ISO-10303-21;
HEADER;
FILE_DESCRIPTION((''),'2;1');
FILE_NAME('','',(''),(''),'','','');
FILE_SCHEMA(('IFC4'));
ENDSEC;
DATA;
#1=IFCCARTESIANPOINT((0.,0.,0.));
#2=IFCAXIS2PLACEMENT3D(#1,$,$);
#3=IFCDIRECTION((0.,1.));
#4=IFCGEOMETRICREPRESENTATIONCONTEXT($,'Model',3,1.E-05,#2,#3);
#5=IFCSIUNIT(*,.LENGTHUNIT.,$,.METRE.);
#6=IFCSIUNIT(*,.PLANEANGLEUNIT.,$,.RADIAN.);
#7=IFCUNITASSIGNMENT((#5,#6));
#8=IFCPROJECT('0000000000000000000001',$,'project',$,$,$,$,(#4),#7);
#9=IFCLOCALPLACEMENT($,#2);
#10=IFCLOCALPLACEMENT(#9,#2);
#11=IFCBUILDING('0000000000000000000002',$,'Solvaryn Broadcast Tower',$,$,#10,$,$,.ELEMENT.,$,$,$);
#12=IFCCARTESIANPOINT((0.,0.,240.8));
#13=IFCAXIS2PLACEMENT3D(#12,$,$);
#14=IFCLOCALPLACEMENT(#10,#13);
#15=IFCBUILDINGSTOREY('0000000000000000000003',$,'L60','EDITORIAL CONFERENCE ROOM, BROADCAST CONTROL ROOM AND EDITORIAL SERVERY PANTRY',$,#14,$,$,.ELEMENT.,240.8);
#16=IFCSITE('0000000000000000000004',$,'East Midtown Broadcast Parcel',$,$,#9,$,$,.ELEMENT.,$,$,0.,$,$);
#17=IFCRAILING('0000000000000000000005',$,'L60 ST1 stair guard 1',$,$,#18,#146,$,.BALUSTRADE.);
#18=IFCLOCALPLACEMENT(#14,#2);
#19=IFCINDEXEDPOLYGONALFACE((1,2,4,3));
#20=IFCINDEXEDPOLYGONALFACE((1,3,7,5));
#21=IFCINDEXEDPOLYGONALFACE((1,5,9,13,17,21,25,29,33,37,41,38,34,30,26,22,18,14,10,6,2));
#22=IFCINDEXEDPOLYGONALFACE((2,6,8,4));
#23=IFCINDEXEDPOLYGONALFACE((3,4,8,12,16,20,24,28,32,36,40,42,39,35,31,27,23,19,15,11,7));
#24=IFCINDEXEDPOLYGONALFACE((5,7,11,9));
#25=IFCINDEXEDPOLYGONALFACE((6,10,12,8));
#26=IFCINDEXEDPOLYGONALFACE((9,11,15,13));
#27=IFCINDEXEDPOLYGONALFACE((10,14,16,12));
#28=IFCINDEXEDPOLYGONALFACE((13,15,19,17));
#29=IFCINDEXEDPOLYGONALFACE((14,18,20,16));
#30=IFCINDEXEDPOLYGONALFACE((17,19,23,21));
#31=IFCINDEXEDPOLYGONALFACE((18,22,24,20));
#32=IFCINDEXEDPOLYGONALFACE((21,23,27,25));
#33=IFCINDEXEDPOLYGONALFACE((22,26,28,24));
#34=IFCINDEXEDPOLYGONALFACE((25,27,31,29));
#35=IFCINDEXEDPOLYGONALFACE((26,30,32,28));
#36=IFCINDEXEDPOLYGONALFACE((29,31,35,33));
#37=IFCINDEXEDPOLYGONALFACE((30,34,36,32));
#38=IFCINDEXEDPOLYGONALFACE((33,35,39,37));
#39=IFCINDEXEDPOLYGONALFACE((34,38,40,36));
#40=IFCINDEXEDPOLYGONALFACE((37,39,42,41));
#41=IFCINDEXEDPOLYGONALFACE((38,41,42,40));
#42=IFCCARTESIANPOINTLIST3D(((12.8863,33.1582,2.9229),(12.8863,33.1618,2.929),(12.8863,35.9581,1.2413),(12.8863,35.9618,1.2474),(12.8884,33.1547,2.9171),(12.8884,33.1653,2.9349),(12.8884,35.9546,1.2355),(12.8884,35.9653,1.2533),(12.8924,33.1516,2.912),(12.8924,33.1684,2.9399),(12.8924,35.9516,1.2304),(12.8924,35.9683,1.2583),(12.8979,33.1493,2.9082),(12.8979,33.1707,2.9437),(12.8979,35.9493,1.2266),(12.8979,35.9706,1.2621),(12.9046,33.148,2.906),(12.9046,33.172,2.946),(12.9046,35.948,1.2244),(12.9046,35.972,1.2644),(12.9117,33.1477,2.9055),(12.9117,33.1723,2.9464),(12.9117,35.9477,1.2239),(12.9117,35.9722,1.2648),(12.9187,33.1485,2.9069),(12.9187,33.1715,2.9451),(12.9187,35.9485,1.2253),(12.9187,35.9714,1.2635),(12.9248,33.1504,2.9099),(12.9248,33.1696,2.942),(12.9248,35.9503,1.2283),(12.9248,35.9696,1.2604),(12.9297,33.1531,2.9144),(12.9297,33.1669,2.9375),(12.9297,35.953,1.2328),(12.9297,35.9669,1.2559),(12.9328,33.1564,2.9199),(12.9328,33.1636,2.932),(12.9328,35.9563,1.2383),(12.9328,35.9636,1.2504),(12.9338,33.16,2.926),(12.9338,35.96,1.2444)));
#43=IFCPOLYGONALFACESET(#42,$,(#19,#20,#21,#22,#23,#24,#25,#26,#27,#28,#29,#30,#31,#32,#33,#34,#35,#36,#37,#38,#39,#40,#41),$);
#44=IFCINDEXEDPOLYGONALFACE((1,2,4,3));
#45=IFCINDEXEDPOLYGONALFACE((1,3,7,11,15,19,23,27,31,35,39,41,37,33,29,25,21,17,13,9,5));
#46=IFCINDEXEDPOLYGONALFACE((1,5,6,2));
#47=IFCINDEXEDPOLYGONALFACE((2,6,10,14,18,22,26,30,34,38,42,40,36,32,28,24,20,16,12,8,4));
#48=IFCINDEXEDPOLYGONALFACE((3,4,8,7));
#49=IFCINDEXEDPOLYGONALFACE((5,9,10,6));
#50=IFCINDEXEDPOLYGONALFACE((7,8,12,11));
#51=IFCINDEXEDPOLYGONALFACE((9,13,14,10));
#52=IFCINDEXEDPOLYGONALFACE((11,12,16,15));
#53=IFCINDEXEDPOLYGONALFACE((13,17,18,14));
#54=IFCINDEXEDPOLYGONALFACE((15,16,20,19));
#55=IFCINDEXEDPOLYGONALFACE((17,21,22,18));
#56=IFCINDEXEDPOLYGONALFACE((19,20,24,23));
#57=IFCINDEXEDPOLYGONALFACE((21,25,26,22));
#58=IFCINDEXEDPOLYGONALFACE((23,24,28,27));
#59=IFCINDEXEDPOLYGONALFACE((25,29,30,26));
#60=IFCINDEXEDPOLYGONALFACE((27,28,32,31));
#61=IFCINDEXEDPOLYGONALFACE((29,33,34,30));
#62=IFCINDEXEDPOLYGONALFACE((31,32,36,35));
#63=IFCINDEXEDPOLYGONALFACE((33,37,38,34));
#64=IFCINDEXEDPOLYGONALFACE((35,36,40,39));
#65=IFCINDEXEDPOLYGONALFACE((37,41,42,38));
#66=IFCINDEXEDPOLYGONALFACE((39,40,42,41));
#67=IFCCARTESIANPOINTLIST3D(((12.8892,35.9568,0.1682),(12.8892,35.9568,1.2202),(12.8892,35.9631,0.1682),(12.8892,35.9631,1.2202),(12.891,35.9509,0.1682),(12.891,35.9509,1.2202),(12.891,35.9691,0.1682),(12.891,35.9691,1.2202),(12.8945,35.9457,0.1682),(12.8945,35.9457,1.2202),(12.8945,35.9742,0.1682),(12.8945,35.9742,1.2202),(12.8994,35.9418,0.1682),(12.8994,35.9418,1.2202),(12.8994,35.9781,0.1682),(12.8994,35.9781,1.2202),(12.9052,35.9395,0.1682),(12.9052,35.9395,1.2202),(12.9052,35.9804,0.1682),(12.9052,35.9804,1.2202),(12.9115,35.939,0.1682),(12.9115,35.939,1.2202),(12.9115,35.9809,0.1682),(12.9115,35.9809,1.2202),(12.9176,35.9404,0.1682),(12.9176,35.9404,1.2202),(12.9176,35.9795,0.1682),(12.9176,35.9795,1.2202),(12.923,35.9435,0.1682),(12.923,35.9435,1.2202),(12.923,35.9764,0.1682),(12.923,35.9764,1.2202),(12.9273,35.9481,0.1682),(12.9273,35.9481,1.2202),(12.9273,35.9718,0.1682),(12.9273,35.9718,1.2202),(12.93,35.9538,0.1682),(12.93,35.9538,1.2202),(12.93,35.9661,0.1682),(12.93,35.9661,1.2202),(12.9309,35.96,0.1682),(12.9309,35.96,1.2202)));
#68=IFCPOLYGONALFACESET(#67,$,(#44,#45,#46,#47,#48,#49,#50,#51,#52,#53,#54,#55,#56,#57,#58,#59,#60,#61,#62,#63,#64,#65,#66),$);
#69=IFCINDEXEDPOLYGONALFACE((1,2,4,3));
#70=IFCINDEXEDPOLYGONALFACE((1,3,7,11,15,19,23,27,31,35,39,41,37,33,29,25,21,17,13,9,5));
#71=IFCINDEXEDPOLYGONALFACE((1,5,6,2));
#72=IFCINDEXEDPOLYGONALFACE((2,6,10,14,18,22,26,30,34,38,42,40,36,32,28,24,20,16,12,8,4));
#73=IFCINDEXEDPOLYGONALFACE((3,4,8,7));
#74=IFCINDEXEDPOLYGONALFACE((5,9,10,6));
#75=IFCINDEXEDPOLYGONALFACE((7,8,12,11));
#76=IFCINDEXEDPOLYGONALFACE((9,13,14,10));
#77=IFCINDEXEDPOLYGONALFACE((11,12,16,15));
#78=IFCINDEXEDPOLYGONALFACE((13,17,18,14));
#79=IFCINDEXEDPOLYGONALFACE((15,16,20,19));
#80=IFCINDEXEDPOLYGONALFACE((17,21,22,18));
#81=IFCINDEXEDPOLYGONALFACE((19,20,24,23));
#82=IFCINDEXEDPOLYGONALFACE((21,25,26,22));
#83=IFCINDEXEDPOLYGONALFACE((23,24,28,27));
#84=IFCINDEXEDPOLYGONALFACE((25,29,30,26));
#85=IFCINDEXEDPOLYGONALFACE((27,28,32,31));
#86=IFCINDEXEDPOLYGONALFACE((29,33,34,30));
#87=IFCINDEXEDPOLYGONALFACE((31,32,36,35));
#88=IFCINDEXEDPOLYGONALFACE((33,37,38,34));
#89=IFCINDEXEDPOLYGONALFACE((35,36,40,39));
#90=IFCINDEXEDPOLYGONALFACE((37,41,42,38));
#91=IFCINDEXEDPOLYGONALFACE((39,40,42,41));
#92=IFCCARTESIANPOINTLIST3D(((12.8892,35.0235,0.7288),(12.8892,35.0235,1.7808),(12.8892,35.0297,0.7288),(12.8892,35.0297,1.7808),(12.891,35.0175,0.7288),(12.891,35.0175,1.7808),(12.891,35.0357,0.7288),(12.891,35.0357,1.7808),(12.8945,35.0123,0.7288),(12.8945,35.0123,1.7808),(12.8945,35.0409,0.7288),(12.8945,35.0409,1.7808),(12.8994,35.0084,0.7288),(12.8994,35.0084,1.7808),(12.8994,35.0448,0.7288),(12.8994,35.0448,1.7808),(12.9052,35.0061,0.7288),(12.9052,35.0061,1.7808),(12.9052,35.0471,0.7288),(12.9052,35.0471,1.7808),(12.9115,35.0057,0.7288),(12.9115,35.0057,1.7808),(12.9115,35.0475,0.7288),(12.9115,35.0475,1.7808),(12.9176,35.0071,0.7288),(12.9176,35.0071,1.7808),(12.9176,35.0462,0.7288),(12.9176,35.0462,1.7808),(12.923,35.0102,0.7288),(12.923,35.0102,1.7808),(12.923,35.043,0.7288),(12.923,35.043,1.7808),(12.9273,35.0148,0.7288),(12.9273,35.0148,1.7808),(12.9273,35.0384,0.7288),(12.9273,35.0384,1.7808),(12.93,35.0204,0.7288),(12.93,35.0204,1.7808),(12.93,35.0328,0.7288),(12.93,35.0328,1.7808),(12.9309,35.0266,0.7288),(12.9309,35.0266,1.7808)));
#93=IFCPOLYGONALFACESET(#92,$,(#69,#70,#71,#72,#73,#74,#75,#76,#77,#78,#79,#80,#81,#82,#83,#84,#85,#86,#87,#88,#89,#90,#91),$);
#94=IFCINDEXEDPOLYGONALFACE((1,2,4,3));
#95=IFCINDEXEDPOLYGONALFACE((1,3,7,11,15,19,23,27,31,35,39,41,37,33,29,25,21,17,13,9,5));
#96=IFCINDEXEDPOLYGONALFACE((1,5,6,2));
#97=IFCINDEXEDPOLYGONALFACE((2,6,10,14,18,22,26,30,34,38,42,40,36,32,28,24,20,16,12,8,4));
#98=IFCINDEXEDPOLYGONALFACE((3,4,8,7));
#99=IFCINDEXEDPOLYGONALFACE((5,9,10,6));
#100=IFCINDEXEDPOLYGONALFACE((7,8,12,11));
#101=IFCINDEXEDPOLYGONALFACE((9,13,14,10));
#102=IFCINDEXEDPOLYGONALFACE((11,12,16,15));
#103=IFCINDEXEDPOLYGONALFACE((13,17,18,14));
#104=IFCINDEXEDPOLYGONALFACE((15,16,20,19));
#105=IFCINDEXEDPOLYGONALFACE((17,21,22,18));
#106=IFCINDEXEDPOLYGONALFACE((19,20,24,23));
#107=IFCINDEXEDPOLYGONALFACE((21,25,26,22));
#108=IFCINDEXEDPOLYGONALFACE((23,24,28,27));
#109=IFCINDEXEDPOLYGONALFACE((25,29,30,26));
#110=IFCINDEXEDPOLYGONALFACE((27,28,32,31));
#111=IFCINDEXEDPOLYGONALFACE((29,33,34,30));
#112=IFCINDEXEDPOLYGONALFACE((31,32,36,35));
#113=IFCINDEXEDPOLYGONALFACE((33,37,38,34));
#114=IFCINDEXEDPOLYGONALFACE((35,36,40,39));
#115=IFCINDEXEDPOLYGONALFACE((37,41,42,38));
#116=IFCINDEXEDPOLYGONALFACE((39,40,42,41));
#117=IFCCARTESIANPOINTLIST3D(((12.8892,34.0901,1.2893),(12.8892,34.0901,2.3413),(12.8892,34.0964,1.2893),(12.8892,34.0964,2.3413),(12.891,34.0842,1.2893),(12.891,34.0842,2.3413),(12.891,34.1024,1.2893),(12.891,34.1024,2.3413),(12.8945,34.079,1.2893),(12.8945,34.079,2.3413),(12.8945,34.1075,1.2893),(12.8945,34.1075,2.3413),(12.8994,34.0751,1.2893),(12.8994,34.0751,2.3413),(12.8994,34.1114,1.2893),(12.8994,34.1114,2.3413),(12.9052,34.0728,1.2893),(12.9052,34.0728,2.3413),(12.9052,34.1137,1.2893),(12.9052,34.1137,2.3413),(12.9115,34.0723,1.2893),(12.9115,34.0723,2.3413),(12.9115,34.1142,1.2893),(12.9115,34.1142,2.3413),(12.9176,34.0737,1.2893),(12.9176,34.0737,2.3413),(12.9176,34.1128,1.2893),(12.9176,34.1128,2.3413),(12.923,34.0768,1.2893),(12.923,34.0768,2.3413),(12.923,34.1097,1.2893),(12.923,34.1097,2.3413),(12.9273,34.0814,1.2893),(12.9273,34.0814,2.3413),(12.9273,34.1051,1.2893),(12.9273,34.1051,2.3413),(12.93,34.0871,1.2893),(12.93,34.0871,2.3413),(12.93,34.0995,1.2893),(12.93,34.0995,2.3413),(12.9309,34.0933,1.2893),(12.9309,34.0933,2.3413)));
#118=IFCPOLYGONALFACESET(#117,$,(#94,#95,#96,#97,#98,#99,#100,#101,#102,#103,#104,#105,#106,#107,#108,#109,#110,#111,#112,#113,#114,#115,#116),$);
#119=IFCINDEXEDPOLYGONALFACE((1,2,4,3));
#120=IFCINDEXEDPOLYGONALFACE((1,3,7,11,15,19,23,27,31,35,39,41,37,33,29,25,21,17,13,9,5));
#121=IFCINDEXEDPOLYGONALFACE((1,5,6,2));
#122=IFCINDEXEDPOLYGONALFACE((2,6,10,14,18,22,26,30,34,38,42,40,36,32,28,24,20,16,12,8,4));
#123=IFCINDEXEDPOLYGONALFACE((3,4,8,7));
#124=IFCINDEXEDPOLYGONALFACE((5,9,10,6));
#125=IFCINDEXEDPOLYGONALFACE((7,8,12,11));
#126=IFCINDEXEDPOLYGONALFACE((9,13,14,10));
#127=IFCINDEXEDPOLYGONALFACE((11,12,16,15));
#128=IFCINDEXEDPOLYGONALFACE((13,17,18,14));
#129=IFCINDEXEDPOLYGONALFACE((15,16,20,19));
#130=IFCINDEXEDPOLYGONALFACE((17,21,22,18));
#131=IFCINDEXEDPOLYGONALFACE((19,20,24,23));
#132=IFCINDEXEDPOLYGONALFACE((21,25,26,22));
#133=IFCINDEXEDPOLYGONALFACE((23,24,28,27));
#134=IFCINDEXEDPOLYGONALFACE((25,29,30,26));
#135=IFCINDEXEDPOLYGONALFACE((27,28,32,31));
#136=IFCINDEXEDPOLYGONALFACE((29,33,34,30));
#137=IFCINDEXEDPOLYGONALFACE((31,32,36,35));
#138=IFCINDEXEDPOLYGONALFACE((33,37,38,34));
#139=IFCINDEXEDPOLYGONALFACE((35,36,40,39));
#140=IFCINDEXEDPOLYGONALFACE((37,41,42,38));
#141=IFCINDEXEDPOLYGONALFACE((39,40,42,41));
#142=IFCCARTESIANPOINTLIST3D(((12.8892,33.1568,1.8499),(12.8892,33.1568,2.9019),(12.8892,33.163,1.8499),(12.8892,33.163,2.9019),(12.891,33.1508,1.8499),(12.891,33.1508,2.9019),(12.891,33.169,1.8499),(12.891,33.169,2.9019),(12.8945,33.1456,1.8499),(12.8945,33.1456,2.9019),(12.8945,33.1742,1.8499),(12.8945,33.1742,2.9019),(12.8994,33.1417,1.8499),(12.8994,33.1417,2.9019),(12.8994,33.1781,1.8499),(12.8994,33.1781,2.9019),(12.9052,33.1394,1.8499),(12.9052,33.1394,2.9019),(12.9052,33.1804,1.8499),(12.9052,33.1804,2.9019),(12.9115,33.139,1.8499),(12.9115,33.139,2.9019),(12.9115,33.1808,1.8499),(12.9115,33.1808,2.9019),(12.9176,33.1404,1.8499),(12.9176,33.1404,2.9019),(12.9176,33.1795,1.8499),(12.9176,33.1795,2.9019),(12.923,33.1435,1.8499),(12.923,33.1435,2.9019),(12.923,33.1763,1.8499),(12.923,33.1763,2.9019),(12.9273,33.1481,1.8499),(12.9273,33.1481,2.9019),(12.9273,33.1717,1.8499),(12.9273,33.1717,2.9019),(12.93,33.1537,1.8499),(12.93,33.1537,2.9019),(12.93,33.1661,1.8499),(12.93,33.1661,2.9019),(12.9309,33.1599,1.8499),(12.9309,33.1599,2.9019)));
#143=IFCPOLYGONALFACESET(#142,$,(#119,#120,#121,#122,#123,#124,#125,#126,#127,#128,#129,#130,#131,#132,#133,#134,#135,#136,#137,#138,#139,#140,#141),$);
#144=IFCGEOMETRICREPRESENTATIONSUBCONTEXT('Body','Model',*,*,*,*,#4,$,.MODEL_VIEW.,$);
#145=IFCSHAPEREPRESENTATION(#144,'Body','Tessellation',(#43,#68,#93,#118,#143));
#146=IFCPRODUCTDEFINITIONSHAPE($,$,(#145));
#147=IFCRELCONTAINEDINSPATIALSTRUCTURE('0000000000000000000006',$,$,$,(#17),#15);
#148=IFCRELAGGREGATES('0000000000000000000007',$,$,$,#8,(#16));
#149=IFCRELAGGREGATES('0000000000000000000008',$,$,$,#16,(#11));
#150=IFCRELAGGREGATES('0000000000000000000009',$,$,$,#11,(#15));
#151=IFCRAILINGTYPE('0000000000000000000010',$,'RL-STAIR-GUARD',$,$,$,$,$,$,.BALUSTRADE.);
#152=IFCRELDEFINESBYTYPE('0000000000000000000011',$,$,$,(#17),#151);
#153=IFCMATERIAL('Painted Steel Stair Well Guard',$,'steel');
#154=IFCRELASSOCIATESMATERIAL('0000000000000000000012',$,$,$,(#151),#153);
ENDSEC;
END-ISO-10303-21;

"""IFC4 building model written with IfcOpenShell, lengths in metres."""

from ifc_helpers import new_model, si_unit, direction, frame, origin, origin_2d, place, context, subcontext, project, spatial, circle, extrude, material, type_object, element, save


model = new_model("IFC4")

# Units and contexts
model_context = context("Model", 3, precision=1e-05, world=origin(), true_north=direction((0.0, 1.0)))
body_context = subcontext(model_context, "Body", "Model", "MODEL_VIEW")
ifc_project = project(units=[si_unit("LENGTHUNIT", "METRE"), si_unit("PLANEANGLEUNIT", "RADIAN")], contexts=[model_context])

# Site, building, storey
site_placement = place(None, origin())
site = spatial("IfcSite", under=ifc_project, at=site_placement, Name="East Midtown Broadcast Parcel", CompositionType="ELEMENT", RefElevation=0.0)
building_placement = place(site_placement, origin())
building = spatial("IfcBuilding", under=site, at=building_placement, Name="Solvaryn Broadcast Tower", CompositionType="ELEMENT")
storey_placement = place(building_placement, frame((0.0, 0.0, 240.8)))
storey = spatial("IfcBuildingStorey", under=building, at=storey_placement, Name="L60", Description="EDITORIAL CONFERENCE ROOM, BROADCAST CONTROL ROOM AND EDITORIAL SERVERY PANTRY", CompositionType="ELEMENT", Elevation=240.8)

# Railing
ifc_material_1 = material(Name="Painted Steel Stair Well Guard", Category="steel")
railing_type_1 = type_object("IfcRailingType", Name="RL-STAIR-GUARD", PredefinedType="BALUSTRADE", material=ifc_material_1)
railing_1_placement = place(storey_placement, frame((12.9099, 35.96, 0.1682)))
element("IfcRailing", 1, at=railing_1_placement, inside=storey, type_object=railing_type_1, Name="L60 ST1 stair guard 1", PredefinedType="BALUSTRADE", context=body_context, shape_type="SweptSolid", body=[
    extrude(circle(Radius=0.0239, at=origin_2d()), frame((0.0, 0.0, 1.0762), z_axis=(0.0, -0.857275, 0.514858), x_axis=(1.0, 0.0, 0.0)), (0.0, 0.0, 1.0), 3.2661),
    extrude(circle(Radius=0.021, at=origin_2d()), origin(), (0.0, 0.0, 1.0), 1.052),
    extrude(circle(Radius=0.021, at=origin_2d()), frame((0.0, -0.9333, 0.5605)), (0.0, 0.0, 1.0), 1.052),
    extrude(circle(Radius=0.021, at=origin_2d()), frame((0.0, -1.8667, 1.1211)), (0.0, 0.0, 1.0), 1.052),
    extrude(circle(Radius=0.021, at=origin_2d()), frame((0.0, -2.8, 1.6816)), (0.0, 0.0, 1.0), 1.052),
])

save(model, "model.ifc")
